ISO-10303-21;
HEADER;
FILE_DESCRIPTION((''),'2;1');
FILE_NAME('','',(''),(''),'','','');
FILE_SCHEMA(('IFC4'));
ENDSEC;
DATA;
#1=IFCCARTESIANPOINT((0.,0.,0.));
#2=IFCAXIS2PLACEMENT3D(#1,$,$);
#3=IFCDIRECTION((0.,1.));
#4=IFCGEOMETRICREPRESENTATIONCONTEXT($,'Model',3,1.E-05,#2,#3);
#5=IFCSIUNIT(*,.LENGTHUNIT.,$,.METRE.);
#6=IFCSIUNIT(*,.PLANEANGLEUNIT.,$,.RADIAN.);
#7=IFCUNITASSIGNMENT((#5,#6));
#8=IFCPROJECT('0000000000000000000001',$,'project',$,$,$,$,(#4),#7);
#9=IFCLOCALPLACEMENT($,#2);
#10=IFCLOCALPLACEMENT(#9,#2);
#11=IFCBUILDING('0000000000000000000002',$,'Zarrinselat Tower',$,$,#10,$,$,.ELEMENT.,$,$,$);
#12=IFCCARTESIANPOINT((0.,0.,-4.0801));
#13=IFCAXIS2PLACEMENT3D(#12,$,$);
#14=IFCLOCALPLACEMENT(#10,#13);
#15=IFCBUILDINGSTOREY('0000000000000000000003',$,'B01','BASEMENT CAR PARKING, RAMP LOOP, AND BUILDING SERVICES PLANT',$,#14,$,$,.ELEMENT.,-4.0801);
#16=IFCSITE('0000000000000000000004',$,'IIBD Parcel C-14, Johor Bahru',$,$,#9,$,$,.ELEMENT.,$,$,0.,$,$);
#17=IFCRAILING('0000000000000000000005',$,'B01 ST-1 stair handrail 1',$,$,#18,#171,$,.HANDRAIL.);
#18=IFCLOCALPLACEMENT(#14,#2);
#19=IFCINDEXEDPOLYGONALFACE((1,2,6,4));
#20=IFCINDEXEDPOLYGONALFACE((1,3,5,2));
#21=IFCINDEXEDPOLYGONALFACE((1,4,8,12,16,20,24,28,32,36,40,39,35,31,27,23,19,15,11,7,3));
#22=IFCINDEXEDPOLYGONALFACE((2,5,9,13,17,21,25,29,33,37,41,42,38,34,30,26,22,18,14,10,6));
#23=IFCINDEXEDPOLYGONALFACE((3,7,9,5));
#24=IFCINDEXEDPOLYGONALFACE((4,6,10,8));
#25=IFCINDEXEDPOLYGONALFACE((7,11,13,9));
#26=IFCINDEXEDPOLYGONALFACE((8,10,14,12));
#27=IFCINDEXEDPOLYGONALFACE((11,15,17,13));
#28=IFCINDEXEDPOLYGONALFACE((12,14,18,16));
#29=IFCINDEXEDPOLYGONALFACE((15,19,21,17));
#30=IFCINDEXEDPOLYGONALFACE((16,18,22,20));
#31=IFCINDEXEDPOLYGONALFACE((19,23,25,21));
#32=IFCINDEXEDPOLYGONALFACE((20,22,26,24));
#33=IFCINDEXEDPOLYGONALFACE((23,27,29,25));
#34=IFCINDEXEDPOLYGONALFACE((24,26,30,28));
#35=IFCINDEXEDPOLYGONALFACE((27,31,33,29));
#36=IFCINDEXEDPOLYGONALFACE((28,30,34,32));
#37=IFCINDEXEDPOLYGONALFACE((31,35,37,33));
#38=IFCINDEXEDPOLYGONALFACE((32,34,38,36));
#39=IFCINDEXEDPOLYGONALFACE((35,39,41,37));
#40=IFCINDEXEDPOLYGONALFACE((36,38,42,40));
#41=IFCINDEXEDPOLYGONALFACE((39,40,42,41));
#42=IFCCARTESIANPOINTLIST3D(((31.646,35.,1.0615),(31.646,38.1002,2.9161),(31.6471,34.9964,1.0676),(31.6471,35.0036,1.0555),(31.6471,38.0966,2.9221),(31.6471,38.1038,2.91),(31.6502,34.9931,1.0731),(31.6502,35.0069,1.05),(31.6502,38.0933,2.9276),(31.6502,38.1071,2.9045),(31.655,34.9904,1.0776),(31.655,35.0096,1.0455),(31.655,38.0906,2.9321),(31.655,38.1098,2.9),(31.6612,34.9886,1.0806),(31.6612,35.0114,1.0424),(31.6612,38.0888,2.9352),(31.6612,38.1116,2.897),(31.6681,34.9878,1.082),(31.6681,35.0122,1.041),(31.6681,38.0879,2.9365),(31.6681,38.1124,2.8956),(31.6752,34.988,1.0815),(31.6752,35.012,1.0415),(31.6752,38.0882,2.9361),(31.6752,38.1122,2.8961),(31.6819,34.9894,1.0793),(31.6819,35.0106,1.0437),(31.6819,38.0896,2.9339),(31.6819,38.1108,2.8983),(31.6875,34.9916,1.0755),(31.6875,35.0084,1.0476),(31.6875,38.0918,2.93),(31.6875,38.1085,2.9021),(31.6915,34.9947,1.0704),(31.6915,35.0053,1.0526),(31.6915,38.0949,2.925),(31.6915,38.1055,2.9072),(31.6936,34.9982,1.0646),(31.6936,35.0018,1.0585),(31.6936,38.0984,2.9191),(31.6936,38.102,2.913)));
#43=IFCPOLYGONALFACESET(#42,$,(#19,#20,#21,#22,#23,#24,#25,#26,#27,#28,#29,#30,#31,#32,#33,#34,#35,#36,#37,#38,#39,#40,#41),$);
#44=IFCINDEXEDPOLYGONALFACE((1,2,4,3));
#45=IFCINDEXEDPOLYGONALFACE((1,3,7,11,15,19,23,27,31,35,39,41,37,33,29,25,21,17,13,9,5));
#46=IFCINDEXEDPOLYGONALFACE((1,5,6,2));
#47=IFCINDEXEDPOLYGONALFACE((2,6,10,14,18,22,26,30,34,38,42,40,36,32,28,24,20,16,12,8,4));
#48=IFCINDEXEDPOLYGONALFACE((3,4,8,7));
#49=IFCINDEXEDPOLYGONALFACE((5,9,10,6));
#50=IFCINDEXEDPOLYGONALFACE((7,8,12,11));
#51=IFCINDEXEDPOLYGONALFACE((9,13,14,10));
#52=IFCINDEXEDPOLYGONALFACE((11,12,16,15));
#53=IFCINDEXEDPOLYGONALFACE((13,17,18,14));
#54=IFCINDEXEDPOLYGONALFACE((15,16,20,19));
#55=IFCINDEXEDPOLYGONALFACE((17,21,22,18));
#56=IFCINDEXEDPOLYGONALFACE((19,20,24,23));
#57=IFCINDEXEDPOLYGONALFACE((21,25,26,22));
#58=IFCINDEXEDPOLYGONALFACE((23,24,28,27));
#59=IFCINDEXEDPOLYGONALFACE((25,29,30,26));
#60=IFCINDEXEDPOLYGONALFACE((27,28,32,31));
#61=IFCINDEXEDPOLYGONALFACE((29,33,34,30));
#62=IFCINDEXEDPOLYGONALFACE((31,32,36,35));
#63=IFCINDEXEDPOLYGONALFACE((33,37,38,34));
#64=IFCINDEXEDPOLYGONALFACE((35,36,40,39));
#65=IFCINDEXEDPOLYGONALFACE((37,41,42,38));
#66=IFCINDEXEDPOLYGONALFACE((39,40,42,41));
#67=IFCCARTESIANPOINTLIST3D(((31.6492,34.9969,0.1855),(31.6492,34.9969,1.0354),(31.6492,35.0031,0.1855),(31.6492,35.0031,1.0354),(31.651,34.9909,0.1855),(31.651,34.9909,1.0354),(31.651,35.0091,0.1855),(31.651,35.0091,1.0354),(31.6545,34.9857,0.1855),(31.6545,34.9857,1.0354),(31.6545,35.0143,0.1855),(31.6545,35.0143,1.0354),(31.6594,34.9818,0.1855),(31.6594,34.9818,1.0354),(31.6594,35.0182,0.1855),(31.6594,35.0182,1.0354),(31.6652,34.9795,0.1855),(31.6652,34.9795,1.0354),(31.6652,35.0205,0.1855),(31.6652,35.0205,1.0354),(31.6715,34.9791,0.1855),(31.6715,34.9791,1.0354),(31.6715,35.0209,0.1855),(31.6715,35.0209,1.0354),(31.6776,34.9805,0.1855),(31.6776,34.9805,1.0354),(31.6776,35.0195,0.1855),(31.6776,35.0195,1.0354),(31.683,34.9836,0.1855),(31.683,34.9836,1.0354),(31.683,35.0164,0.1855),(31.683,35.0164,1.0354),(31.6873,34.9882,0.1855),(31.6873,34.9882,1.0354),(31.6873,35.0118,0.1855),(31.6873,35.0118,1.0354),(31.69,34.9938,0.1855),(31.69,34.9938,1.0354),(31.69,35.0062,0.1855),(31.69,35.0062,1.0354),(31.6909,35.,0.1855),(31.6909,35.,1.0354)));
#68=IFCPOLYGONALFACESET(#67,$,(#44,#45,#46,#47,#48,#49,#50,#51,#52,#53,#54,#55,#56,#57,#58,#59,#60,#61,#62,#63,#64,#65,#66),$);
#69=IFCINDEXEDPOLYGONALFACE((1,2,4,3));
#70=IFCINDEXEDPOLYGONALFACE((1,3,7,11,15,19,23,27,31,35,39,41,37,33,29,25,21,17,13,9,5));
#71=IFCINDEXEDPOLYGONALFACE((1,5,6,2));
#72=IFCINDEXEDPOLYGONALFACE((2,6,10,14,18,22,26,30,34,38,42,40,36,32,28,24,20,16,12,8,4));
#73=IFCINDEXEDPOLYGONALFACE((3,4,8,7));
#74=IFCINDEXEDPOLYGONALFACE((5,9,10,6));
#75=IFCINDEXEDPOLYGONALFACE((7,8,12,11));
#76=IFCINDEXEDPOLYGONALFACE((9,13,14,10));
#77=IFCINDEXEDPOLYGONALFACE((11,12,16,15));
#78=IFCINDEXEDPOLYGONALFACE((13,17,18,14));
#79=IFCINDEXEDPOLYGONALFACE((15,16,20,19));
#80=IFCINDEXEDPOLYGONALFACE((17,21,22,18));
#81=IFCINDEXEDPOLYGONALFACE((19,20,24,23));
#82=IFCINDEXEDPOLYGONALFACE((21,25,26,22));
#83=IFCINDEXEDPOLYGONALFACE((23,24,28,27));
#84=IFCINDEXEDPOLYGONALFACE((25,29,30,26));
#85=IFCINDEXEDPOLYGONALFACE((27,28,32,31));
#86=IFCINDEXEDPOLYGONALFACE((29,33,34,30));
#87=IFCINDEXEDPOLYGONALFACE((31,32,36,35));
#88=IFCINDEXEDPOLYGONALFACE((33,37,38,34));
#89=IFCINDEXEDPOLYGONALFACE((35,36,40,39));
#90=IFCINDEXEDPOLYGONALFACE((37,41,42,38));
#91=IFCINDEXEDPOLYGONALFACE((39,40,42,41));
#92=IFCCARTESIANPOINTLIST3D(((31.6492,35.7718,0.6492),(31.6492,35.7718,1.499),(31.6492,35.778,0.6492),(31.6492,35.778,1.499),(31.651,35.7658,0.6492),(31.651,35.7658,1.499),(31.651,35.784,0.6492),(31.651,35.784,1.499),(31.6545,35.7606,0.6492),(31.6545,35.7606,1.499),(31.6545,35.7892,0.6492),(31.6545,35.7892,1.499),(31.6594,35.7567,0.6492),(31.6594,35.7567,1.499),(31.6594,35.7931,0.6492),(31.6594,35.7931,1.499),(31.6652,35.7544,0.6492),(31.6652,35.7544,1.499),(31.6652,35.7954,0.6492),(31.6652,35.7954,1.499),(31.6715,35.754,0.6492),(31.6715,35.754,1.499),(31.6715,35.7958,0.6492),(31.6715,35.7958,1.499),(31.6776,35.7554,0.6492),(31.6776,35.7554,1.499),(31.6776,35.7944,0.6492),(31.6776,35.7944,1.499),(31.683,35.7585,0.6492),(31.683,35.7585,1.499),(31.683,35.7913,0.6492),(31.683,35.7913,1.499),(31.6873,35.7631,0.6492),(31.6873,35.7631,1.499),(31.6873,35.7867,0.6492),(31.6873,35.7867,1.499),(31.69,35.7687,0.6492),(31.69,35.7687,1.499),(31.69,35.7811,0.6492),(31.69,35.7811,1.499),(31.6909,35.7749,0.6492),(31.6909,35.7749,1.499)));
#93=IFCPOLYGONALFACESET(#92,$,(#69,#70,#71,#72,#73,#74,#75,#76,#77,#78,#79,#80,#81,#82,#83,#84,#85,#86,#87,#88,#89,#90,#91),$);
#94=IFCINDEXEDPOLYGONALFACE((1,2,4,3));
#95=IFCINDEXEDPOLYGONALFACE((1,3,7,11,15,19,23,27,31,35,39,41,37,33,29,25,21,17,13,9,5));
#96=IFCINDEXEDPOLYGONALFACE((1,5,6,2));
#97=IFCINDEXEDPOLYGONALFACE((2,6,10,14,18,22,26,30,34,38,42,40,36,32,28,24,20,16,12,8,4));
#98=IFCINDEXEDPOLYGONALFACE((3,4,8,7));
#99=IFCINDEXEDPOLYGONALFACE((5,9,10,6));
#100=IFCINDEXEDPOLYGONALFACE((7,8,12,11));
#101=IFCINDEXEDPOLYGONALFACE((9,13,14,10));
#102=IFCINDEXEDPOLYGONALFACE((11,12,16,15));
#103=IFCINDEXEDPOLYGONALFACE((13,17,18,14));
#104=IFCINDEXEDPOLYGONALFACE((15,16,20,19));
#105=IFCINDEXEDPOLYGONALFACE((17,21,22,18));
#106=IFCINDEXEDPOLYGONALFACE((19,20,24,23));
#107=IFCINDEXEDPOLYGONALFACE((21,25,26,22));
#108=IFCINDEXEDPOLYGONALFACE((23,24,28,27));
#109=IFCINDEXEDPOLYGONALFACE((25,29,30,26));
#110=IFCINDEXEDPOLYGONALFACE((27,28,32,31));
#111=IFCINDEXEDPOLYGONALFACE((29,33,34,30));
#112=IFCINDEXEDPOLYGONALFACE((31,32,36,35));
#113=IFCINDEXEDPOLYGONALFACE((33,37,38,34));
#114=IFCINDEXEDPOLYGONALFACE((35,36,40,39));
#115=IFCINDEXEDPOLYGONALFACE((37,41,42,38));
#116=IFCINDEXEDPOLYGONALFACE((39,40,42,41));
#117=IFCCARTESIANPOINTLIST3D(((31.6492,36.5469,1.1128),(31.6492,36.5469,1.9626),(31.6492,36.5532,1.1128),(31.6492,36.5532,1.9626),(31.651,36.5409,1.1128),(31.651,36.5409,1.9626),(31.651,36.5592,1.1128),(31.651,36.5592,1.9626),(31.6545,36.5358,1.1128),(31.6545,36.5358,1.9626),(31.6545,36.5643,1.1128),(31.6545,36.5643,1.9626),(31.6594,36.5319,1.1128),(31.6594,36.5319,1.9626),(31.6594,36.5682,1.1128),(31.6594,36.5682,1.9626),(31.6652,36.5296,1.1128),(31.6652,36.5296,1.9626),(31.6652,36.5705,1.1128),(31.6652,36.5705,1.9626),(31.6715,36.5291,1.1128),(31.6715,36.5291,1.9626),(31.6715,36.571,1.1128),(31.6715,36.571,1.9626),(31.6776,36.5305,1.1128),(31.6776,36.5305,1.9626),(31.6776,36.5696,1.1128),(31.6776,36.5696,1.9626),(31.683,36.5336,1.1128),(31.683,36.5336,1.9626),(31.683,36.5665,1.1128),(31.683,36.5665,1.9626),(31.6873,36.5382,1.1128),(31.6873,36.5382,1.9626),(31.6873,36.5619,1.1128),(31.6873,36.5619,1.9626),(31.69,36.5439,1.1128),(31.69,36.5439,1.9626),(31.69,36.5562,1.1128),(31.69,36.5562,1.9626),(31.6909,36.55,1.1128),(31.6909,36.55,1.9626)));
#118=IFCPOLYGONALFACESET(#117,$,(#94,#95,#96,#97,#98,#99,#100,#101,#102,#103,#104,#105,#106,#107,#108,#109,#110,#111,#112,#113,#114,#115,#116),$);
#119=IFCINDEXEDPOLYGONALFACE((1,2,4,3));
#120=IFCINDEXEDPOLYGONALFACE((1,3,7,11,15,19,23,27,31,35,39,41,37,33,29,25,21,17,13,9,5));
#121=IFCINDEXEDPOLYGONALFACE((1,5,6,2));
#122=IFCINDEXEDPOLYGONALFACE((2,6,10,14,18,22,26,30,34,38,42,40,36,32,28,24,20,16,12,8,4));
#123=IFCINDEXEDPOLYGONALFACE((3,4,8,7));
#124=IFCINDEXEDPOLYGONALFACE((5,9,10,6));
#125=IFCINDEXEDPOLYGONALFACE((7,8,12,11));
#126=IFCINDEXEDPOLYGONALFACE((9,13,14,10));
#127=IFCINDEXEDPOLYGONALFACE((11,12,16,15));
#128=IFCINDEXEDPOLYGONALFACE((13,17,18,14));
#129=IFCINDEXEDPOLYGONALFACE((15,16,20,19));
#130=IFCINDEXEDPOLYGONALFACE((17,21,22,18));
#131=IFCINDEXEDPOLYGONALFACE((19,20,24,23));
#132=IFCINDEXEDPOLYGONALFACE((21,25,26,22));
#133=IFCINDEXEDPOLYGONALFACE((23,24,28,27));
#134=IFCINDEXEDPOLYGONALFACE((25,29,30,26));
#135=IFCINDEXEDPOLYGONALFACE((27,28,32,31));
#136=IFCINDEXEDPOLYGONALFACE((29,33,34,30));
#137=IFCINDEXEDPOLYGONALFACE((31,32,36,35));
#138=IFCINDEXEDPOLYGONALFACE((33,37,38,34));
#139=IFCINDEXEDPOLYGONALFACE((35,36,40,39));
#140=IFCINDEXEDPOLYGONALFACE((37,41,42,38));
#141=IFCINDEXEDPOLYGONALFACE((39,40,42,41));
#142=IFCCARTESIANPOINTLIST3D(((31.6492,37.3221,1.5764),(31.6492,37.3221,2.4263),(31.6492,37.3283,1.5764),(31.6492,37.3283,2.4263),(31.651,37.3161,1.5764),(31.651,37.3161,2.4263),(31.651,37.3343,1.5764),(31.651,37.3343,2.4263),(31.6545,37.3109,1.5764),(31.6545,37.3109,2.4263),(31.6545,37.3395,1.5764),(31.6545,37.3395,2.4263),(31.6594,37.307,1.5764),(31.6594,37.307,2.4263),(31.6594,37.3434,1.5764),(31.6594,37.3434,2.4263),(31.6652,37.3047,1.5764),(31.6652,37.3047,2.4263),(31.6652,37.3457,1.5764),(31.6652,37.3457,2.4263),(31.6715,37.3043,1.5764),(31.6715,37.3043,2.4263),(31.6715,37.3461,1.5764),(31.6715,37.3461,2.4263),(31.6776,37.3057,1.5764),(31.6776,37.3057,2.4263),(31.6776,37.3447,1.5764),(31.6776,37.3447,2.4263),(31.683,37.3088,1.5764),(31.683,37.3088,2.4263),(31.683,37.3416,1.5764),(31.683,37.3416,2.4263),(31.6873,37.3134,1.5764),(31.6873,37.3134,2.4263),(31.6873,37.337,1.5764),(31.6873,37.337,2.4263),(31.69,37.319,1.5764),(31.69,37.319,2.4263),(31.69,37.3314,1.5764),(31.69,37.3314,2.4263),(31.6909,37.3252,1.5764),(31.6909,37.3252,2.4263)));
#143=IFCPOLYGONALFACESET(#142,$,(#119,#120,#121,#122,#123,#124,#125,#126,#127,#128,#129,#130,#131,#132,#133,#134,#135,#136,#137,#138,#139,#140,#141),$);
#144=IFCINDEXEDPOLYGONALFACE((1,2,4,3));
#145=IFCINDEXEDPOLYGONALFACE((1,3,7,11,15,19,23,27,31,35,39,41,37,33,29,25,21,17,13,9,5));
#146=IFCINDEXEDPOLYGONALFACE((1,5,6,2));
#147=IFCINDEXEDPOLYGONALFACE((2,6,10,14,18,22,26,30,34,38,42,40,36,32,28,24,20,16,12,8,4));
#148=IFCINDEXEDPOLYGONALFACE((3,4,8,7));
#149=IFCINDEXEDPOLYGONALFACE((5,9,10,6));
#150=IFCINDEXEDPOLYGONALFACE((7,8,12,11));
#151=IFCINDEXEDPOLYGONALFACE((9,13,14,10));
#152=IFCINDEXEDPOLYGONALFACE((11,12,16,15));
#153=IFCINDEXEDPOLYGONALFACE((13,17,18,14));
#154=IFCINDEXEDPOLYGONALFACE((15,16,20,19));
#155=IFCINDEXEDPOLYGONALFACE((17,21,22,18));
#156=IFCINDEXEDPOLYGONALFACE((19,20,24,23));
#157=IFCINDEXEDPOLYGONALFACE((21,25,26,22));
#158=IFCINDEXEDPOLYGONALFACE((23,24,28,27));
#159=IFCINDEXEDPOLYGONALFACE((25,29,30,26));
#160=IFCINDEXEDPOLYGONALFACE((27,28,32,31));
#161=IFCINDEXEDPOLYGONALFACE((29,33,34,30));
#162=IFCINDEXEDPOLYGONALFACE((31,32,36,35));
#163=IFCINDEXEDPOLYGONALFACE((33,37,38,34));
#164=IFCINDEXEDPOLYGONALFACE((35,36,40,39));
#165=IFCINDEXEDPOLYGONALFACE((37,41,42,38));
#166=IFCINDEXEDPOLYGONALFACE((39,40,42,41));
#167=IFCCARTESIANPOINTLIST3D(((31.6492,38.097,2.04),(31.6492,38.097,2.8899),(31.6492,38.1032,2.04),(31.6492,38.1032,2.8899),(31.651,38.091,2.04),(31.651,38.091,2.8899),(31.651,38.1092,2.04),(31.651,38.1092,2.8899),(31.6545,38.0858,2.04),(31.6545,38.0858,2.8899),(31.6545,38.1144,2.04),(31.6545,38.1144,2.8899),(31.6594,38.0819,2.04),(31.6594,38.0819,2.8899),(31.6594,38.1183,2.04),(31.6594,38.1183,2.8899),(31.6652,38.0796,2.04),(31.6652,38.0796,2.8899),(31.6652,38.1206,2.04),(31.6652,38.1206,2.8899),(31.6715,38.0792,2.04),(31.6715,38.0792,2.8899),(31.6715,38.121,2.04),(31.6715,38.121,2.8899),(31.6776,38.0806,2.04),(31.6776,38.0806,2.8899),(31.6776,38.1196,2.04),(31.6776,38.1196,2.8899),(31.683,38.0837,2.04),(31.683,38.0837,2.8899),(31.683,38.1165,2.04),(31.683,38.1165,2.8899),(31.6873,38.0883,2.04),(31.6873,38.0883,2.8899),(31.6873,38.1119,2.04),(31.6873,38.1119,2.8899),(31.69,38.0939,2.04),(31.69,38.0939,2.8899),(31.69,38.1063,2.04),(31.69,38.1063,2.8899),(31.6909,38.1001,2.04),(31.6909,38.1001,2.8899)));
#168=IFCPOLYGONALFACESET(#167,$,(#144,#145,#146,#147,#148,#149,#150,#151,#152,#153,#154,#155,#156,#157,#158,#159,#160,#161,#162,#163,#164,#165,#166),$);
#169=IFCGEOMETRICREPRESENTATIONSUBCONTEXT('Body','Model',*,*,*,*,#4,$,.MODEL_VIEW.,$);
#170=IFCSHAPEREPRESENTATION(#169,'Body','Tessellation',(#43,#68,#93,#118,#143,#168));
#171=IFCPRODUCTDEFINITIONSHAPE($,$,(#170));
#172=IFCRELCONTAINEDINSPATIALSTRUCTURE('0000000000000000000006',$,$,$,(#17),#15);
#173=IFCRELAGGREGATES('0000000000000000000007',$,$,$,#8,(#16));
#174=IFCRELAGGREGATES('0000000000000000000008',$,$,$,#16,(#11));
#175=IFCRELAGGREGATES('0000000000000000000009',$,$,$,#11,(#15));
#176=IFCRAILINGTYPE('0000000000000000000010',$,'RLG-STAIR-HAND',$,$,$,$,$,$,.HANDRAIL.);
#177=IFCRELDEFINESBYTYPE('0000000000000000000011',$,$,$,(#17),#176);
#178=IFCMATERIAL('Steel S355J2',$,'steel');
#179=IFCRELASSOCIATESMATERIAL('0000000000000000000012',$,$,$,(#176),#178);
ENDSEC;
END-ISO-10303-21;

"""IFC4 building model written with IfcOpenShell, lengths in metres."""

from ifc_helpers import new_model, si_unit, direction, frame, origin, origin_2d, place, context, subcontext, project, spatial, circle, extrude, material, type_object, element, save


model = new_model("IFC4")

# Units and contexts
model_context = context("Model", 3, precision=1e-05, world=origin(), true_north=direction((0.0, 1.0)))
body_context = subcontext(model_context, "Body", "Model", "MODEL_VIEW")
ifc_project = project(units=[si_unit("LENGTHUNIT", "METRE"), si_unit("PLANEANGLEUNIT", "RADIAN")], contexts=[model_context])

# Site, building, storey
site_placement = place(None, origin())
site = spatial("IfcSite", under=ifc_project, at=site_placement, Name="IIBD Parcel C-14, Johor Bahru", CompositionType="ELEMENT", RefElevation=0.0)
building_placement = place(site_placement, origin())
building = spatial("IfcBuilding", under=site, at=building_placement, Name="Zarrinselat Tower", CompositionType="ELEMENT")
storey_placement = place(building_placement, frame((0.0, 0.0, -4.0801)))
storey = spatial("IfcBuildingStorey", under=building, at=storey_placement, Name="B01", Description="BASEMENT CAR PARKING, RAMP LOOP, AND BUILDING SERVICES PLANT", CompositionType="ELEMENT", Elevation=-4.0801)

# Railing
ifc_material_1 = material(Name="Steel S355J2", Category="steel")
railing_type_1 = type_object("IfcRailingType", Name="RLG-STAIR-HAND", PredefinedType="HANDRAIL", material=ifc_material_1)
railing_1_placement = place(storey_placement, frame((31.6699, 35.0, 0.1855)))
element("IfcRailing", 1, at=railing_1_placement, inside=storey, type_object=railing_type_1, Name="B01 ST-1 stair handrail 1", PredefinedType="HANDRAIL", context=body_context, shape_type="SweptSolid", body=[
    extrude(circle(Radius=0.0239, at=origin_2d()), frame((0.0, 0.0, 0.876), z_axis=(0.0, 0.858172, 0.513362), x_axis=(-1.0, 0.0, 0.0)), (0.0, 0.0, 1.0), 3.6125),
    extrude(circle(Radius=0.021, at=origin_2d()), origin(), (0.0, 0.0, 1.0), 0.8499),
    extrude(circle(Radius=0.021, at=origin_2d()), frame((0.0, 0.7749, 0.4636)), (0.0, 0.0, 1.0), 0.8499),
    extrude(circle(Radius=0.021, at=origin_2d()), frame((0.0, 1.55, 0.9272)), (0.0, 0.0, 1.0), 0.8499),
    extrude(circle(Radius=0.021, at=origin_2d()), frame((0.0, 2.3252, 1.3909)), (0.0, 0.0, 1.0), 0.8499),
    extrude(circle(Radius=0.021, at=origin_2d()), frame((0.0, 3.1001, 1.8545)), (0.0, 0.0, 1.0), 0.8499),
])

save(model, "model.ifc")
